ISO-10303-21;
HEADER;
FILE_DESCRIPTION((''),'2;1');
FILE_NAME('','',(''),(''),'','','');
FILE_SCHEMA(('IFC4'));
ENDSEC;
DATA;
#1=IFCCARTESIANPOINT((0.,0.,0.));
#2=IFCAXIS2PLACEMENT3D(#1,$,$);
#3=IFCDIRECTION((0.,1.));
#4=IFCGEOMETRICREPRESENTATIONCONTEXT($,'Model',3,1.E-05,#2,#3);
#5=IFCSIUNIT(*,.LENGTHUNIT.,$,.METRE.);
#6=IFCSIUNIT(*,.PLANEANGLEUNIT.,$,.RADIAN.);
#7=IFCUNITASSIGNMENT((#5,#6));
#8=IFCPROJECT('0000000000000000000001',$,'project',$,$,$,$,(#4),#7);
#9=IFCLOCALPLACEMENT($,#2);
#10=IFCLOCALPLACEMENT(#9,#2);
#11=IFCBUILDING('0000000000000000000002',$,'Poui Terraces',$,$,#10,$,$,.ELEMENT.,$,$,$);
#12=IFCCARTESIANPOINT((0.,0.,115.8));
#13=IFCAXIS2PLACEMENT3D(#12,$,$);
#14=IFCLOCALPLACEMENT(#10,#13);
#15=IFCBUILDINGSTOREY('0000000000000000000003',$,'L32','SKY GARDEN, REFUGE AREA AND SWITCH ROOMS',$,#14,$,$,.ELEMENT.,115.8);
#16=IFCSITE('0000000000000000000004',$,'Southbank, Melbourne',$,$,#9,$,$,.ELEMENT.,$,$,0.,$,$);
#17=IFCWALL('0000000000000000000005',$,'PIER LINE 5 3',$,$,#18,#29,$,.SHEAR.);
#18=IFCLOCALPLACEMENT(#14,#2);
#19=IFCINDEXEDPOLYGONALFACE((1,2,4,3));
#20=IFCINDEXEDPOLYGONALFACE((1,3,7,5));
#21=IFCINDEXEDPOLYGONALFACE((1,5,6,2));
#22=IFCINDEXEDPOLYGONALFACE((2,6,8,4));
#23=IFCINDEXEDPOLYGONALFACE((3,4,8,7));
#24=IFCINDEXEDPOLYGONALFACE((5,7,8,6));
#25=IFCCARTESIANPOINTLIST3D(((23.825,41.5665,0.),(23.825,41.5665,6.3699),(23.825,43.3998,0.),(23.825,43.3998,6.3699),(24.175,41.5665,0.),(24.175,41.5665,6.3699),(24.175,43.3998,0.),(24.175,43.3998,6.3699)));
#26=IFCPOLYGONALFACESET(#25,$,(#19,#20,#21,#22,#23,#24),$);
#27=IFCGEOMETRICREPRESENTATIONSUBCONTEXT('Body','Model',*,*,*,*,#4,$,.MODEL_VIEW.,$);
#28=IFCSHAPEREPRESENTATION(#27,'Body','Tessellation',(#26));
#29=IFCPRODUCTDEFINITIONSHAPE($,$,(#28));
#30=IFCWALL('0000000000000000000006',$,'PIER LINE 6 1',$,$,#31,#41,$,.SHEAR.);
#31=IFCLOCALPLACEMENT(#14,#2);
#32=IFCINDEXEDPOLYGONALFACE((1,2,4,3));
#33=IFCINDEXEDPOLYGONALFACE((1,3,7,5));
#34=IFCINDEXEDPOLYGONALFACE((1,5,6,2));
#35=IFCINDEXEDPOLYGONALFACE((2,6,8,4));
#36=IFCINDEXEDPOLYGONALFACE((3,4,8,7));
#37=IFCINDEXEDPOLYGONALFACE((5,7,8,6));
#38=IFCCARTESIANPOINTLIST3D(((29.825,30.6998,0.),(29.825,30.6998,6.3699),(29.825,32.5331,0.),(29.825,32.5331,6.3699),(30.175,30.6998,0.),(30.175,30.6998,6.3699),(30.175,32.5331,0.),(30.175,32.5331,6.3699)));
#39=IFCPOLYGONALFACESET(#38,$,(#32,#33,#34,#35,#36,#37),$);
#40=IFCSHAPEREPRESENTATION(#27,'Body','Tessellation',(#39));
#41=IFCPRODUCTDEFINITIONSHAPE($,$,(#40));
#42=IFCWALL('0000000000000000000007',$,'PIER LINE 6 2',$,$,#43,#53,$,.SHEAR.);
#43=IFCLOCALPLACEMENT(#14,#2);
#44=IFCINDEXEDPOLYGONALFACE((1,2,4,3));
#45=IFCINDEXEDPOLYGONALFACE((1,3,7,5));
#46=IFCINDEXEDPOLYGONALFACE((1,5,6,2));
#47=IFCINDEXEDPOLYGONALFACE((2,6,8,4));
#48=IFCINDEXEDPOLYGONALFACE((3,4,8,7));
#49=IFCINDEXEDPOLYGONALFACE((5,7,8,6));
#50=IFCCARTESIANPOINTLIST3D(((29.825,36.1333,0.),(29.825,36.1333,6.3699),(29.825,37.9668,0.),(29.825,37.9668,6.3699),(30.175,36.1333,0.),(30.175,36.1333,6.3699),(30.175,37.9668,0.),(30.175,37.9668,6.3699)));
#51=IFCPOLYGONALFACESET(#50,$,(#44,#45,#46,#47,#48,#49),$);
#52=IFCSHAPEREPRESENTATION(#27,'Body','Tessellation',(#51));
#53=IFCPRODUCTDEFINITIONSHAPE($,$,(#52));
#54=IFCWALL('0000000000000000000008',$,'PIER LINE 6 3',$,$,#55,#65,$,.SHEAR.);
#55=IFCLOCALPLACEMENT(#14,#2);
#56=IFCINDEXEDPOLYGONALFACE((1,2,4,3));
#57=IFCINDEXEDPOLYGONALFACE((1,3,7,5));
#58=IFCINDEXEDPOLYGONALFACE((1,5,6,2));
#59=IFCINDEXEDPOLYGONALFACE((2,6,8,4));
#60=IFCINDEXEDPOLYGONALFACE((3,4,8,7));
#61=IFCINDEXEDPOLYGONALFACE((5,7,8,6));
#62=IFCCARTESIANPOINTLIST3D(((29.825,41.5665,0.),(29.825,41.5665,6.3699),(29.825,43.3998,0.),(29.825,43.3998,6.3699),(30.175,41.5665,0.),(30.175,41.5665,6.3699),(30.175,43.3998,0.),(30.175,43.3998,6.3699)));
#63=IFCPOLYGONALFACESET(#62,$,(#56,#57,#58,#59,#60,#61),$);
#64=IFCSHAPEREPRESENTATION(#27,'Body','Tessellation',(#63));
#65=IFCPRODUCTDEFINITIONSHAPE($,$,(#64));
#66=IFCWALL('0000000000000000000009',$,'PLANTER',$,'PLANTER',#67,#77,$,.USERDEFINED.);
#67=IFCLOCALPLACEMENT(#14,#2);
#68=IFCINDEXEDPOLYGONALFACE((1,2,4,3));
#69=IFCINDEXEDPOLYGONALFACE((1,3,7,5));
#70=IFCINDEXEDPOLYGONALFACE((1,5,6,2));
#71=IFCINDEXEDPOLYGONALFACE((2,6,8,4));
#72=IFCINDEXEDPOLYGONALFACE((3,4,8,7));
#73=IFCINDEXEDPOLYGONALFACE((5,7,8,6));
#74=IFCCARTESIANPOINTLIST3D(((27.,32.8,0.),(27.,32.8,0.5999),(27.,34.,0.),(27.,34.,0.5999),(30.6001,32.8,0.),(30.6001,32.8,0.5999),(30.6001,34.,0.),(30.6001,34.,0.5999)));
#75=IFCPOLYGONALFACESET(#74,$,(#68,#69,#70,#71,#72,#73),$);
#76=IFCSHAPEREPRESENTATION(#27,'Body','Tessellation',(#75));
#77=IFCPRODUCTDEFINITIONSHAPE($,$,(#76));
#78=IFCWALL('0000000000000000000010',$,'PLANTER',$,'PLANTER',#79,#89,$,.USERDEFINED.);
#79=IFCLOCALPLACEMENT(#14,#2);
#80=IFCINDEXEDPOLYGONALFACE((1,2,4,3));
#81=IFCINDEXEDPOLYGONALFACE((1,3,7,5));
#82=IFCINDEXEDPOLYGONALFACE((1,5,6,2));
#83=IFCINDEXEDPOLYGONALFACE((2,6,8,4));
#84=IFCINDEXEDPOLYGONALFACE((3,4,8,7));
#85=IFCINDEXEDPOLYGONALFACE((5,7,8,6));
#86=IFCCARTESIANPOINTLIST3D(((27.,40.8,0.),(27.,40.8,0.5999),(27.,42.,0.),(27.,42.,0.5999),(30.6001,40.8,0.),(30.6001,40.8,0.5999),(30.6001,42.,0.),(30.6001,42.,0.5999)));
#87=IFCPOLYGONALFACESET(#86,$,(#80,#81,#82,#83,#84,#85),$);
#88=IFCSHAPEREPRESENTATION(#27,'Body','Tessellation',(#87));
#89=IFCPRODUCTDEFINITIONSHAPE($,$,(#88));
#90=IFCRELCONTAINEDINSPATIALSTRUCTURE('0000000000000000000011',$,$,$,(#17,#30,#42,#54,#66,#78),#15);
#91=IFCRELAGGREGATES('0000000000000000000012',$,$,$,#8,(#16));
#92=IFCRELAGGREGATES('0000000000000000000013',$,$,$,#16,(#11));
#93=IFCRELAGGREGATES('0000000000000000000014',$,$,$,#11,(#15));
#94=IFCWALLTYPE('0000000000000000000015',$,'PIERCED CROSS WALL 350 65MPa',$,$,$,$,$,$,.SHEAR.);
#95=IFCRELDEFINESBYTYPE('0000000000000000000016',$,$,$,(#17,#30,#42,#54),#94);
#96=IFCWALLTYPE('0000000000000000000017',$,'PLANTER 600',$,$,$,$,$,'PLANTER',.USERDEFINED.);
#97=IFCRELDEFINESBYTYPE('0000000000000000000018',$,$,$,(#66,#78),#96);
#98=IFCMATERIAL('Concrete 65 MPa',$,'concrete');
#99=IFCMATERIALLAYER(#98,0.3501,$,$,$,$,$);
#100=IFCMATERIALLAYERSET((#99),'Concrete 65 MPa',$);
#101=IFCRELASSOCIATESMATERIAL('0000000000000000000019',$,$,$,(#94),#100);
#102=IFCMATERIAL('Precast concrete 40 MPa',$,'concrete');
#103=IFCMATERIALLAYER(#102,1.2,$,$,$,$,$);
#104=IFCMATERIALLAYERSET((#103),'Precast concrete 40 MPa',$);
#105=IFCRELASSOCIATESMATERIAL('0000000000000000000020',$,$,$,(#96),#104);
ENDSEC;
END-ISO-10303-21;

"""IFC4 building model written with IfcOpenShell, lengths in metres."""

from ifc_helpers import new_model, si_unit, direction, frame, frame_2d, origin, place, context, subcontext, project, spatial, polyline, rectangle, outline, extrude, source, transform, mapped, material, layer, layer_set, type_object, element, save


model = new_model("IFC4")

# Units and contexts
model_context = context("Model", 3, precision=1e-05, world=origin(), true_north=direction((0.0, 1.0)))
body_context = subcontext(model_context, "Body", "Model", "MODEL_VIEW")
ifc_project = project(units=[si_unit("LENGTHUNIT", "METRE"), si_unit("PLANEANGLEUNIT", "RADIAN")], contexts=[model_context])

# Site, building, storey
site_placement = place(None, origin())
site = spatial("IfcSite", under=ifc_project, at=site_placement, Name="Southbank, Melbourne", CompositionType="ELEMENT", RefElevation=0.0)
building_placement = place(site_placement, origin())
building = spatial("IfcBuilding", under=site, at=building_placement, Name="Poui Terraces", CompositionType="ELEMENT")
storey_placement = place(building_placement, frame((0.0, 0.0, 115.8)))
storey = spatial("IfcBuildingStorey", under=building, at=storey_placement, Name="L32", Description="SKY GARDEN, REFUGE AREA AND SWITCH ROOMS", CompositionType="ELEMENT", Elevation=115.8)

# Shared definitions
ifc_material_1 = material(Name="Concrete 65 MPa", Category="concrete")

# Walls
ifc_layer_1 = layer(ifc_material_1, 0.3501)
ifc_layer_set_1 = layer_set([ifc_layer_1], Name="Concrete 65 MPa")
wall_type_1 = type_object("IfcWallType", Name="PIERCED CROSS WALL 350 65MPa", PredefinedType="SHEAR", material=ifc_layer_set_1)
for number, where, z_axis, x_axis, name in (
    (1, (24.0, 41.5667, 0.0), (0.0, 0.0, 1.0), (0.0, 1.0, 0.0), "PIER LINE 5 3"),
    (2, (30.0, 30.7, 0.0), (0.0, 0.0, 1.0), (0.0, 1.0, 0.0), "PIER LINE 6 1"),
):
    element("IfcWall", number, at=place(storey_placement, frame(where, z_axis=z_axis, x_axis=x_axis)), inside=storey, type_object=wall_type_1, Name=name, PredefinedType="SHEAR", context=body_context, shape_type="SweptSolid", body=[
        extrude(rectangle(XDim=1.8333, YDim=0.3501, at=frame_2d((0.9165, 0.0))), origin(), (0.0, 0.0, 1.0), 6.3699),
    ])
wall_1_placement = place(storey_placement, frame((30.0, 36.1333, 0.0), z_axis=(0.0, 0.0, 1.0), x_axis=(0.0, 1.0, 0.0)))
element("IfcWall", 3, at=wall_1_placement, inside=storey, type_object=wall_type_1, Name="PIER LINE 6 2", PredefinedType="SHEAR", context=body_context, shape_type="SweptSolid", body=[
    extrude(rectangle(XDim=1.8335, YDim=0.3501, at=frame_2d((0.9167, 0.0))), origin(), (0.0, 0.0, 1.0), 6.3699),
])
wall_2_placement = place(storey_placement, frame((30.0, 41.5667, 0.0), z_axis=(0.0, 0.0, 1.0), x_axis=(0.0, 1.0, 0.0)))
element("IfcWall", 4, at=wall_2_placement, inside=storey, type_object=wall_type_1, Name="PIER LINE 6 3", PredefinedType="SHEAR", context=body_context, shape_type="SweptSolid", body=[
    extrude(rectangle(XDim=1.8333, YDim=0.3501, at=frame_2d((0.9165, 0.0))), origin(), (0.0, 0.0, 1.0), 6.3699),
])
ifc_material_2 = material(Name="Precast concrete 40 MPa", Category="concrete")
ifc_layer_2 = layer(ifc_material_2, 1.2)
ifc_layer_set_2 = layer_set([ifc_layer_2], Name="Precast concrete 40 MPa")
wall_type_2 = type_object("IfcWallType", Name="PLANTER 600", ElementType="PLANTER", PredefinedType="USERDEFINED", material=ifc_layer_set_2)
shared_shape_1 = source(origin(), body_context, "Body", "SweptSolid", [
    extrude(outline(polyline([(0.0, 0.0), (3.6001, 0.0), (3.6001, 1.2), (0.0, 1.2), (0.0, 0.0)])), origin(), (0.0, 0.0, 1.0), 0.5999),
])
for number, where, name in (
    (5, (27.0, 32.8, 0.0), "PLANTER"),
    (6, (27.0, 40.8, 0.0), "PLANTER"),
):
    element("IfcWall", number, at=place(storey_placement, frame(where)), inside=storey, type_object=wall_type_2, Name=name, ObjectType="PLANTER", PredefinedType="USERDEFINED", context=body_context, shape_type="MappedRepresentation", body=[
        mapped(shared_shape_1, transform((0.0, 0.0, 0.0))),
    ])

save(model, "model.ifc")
